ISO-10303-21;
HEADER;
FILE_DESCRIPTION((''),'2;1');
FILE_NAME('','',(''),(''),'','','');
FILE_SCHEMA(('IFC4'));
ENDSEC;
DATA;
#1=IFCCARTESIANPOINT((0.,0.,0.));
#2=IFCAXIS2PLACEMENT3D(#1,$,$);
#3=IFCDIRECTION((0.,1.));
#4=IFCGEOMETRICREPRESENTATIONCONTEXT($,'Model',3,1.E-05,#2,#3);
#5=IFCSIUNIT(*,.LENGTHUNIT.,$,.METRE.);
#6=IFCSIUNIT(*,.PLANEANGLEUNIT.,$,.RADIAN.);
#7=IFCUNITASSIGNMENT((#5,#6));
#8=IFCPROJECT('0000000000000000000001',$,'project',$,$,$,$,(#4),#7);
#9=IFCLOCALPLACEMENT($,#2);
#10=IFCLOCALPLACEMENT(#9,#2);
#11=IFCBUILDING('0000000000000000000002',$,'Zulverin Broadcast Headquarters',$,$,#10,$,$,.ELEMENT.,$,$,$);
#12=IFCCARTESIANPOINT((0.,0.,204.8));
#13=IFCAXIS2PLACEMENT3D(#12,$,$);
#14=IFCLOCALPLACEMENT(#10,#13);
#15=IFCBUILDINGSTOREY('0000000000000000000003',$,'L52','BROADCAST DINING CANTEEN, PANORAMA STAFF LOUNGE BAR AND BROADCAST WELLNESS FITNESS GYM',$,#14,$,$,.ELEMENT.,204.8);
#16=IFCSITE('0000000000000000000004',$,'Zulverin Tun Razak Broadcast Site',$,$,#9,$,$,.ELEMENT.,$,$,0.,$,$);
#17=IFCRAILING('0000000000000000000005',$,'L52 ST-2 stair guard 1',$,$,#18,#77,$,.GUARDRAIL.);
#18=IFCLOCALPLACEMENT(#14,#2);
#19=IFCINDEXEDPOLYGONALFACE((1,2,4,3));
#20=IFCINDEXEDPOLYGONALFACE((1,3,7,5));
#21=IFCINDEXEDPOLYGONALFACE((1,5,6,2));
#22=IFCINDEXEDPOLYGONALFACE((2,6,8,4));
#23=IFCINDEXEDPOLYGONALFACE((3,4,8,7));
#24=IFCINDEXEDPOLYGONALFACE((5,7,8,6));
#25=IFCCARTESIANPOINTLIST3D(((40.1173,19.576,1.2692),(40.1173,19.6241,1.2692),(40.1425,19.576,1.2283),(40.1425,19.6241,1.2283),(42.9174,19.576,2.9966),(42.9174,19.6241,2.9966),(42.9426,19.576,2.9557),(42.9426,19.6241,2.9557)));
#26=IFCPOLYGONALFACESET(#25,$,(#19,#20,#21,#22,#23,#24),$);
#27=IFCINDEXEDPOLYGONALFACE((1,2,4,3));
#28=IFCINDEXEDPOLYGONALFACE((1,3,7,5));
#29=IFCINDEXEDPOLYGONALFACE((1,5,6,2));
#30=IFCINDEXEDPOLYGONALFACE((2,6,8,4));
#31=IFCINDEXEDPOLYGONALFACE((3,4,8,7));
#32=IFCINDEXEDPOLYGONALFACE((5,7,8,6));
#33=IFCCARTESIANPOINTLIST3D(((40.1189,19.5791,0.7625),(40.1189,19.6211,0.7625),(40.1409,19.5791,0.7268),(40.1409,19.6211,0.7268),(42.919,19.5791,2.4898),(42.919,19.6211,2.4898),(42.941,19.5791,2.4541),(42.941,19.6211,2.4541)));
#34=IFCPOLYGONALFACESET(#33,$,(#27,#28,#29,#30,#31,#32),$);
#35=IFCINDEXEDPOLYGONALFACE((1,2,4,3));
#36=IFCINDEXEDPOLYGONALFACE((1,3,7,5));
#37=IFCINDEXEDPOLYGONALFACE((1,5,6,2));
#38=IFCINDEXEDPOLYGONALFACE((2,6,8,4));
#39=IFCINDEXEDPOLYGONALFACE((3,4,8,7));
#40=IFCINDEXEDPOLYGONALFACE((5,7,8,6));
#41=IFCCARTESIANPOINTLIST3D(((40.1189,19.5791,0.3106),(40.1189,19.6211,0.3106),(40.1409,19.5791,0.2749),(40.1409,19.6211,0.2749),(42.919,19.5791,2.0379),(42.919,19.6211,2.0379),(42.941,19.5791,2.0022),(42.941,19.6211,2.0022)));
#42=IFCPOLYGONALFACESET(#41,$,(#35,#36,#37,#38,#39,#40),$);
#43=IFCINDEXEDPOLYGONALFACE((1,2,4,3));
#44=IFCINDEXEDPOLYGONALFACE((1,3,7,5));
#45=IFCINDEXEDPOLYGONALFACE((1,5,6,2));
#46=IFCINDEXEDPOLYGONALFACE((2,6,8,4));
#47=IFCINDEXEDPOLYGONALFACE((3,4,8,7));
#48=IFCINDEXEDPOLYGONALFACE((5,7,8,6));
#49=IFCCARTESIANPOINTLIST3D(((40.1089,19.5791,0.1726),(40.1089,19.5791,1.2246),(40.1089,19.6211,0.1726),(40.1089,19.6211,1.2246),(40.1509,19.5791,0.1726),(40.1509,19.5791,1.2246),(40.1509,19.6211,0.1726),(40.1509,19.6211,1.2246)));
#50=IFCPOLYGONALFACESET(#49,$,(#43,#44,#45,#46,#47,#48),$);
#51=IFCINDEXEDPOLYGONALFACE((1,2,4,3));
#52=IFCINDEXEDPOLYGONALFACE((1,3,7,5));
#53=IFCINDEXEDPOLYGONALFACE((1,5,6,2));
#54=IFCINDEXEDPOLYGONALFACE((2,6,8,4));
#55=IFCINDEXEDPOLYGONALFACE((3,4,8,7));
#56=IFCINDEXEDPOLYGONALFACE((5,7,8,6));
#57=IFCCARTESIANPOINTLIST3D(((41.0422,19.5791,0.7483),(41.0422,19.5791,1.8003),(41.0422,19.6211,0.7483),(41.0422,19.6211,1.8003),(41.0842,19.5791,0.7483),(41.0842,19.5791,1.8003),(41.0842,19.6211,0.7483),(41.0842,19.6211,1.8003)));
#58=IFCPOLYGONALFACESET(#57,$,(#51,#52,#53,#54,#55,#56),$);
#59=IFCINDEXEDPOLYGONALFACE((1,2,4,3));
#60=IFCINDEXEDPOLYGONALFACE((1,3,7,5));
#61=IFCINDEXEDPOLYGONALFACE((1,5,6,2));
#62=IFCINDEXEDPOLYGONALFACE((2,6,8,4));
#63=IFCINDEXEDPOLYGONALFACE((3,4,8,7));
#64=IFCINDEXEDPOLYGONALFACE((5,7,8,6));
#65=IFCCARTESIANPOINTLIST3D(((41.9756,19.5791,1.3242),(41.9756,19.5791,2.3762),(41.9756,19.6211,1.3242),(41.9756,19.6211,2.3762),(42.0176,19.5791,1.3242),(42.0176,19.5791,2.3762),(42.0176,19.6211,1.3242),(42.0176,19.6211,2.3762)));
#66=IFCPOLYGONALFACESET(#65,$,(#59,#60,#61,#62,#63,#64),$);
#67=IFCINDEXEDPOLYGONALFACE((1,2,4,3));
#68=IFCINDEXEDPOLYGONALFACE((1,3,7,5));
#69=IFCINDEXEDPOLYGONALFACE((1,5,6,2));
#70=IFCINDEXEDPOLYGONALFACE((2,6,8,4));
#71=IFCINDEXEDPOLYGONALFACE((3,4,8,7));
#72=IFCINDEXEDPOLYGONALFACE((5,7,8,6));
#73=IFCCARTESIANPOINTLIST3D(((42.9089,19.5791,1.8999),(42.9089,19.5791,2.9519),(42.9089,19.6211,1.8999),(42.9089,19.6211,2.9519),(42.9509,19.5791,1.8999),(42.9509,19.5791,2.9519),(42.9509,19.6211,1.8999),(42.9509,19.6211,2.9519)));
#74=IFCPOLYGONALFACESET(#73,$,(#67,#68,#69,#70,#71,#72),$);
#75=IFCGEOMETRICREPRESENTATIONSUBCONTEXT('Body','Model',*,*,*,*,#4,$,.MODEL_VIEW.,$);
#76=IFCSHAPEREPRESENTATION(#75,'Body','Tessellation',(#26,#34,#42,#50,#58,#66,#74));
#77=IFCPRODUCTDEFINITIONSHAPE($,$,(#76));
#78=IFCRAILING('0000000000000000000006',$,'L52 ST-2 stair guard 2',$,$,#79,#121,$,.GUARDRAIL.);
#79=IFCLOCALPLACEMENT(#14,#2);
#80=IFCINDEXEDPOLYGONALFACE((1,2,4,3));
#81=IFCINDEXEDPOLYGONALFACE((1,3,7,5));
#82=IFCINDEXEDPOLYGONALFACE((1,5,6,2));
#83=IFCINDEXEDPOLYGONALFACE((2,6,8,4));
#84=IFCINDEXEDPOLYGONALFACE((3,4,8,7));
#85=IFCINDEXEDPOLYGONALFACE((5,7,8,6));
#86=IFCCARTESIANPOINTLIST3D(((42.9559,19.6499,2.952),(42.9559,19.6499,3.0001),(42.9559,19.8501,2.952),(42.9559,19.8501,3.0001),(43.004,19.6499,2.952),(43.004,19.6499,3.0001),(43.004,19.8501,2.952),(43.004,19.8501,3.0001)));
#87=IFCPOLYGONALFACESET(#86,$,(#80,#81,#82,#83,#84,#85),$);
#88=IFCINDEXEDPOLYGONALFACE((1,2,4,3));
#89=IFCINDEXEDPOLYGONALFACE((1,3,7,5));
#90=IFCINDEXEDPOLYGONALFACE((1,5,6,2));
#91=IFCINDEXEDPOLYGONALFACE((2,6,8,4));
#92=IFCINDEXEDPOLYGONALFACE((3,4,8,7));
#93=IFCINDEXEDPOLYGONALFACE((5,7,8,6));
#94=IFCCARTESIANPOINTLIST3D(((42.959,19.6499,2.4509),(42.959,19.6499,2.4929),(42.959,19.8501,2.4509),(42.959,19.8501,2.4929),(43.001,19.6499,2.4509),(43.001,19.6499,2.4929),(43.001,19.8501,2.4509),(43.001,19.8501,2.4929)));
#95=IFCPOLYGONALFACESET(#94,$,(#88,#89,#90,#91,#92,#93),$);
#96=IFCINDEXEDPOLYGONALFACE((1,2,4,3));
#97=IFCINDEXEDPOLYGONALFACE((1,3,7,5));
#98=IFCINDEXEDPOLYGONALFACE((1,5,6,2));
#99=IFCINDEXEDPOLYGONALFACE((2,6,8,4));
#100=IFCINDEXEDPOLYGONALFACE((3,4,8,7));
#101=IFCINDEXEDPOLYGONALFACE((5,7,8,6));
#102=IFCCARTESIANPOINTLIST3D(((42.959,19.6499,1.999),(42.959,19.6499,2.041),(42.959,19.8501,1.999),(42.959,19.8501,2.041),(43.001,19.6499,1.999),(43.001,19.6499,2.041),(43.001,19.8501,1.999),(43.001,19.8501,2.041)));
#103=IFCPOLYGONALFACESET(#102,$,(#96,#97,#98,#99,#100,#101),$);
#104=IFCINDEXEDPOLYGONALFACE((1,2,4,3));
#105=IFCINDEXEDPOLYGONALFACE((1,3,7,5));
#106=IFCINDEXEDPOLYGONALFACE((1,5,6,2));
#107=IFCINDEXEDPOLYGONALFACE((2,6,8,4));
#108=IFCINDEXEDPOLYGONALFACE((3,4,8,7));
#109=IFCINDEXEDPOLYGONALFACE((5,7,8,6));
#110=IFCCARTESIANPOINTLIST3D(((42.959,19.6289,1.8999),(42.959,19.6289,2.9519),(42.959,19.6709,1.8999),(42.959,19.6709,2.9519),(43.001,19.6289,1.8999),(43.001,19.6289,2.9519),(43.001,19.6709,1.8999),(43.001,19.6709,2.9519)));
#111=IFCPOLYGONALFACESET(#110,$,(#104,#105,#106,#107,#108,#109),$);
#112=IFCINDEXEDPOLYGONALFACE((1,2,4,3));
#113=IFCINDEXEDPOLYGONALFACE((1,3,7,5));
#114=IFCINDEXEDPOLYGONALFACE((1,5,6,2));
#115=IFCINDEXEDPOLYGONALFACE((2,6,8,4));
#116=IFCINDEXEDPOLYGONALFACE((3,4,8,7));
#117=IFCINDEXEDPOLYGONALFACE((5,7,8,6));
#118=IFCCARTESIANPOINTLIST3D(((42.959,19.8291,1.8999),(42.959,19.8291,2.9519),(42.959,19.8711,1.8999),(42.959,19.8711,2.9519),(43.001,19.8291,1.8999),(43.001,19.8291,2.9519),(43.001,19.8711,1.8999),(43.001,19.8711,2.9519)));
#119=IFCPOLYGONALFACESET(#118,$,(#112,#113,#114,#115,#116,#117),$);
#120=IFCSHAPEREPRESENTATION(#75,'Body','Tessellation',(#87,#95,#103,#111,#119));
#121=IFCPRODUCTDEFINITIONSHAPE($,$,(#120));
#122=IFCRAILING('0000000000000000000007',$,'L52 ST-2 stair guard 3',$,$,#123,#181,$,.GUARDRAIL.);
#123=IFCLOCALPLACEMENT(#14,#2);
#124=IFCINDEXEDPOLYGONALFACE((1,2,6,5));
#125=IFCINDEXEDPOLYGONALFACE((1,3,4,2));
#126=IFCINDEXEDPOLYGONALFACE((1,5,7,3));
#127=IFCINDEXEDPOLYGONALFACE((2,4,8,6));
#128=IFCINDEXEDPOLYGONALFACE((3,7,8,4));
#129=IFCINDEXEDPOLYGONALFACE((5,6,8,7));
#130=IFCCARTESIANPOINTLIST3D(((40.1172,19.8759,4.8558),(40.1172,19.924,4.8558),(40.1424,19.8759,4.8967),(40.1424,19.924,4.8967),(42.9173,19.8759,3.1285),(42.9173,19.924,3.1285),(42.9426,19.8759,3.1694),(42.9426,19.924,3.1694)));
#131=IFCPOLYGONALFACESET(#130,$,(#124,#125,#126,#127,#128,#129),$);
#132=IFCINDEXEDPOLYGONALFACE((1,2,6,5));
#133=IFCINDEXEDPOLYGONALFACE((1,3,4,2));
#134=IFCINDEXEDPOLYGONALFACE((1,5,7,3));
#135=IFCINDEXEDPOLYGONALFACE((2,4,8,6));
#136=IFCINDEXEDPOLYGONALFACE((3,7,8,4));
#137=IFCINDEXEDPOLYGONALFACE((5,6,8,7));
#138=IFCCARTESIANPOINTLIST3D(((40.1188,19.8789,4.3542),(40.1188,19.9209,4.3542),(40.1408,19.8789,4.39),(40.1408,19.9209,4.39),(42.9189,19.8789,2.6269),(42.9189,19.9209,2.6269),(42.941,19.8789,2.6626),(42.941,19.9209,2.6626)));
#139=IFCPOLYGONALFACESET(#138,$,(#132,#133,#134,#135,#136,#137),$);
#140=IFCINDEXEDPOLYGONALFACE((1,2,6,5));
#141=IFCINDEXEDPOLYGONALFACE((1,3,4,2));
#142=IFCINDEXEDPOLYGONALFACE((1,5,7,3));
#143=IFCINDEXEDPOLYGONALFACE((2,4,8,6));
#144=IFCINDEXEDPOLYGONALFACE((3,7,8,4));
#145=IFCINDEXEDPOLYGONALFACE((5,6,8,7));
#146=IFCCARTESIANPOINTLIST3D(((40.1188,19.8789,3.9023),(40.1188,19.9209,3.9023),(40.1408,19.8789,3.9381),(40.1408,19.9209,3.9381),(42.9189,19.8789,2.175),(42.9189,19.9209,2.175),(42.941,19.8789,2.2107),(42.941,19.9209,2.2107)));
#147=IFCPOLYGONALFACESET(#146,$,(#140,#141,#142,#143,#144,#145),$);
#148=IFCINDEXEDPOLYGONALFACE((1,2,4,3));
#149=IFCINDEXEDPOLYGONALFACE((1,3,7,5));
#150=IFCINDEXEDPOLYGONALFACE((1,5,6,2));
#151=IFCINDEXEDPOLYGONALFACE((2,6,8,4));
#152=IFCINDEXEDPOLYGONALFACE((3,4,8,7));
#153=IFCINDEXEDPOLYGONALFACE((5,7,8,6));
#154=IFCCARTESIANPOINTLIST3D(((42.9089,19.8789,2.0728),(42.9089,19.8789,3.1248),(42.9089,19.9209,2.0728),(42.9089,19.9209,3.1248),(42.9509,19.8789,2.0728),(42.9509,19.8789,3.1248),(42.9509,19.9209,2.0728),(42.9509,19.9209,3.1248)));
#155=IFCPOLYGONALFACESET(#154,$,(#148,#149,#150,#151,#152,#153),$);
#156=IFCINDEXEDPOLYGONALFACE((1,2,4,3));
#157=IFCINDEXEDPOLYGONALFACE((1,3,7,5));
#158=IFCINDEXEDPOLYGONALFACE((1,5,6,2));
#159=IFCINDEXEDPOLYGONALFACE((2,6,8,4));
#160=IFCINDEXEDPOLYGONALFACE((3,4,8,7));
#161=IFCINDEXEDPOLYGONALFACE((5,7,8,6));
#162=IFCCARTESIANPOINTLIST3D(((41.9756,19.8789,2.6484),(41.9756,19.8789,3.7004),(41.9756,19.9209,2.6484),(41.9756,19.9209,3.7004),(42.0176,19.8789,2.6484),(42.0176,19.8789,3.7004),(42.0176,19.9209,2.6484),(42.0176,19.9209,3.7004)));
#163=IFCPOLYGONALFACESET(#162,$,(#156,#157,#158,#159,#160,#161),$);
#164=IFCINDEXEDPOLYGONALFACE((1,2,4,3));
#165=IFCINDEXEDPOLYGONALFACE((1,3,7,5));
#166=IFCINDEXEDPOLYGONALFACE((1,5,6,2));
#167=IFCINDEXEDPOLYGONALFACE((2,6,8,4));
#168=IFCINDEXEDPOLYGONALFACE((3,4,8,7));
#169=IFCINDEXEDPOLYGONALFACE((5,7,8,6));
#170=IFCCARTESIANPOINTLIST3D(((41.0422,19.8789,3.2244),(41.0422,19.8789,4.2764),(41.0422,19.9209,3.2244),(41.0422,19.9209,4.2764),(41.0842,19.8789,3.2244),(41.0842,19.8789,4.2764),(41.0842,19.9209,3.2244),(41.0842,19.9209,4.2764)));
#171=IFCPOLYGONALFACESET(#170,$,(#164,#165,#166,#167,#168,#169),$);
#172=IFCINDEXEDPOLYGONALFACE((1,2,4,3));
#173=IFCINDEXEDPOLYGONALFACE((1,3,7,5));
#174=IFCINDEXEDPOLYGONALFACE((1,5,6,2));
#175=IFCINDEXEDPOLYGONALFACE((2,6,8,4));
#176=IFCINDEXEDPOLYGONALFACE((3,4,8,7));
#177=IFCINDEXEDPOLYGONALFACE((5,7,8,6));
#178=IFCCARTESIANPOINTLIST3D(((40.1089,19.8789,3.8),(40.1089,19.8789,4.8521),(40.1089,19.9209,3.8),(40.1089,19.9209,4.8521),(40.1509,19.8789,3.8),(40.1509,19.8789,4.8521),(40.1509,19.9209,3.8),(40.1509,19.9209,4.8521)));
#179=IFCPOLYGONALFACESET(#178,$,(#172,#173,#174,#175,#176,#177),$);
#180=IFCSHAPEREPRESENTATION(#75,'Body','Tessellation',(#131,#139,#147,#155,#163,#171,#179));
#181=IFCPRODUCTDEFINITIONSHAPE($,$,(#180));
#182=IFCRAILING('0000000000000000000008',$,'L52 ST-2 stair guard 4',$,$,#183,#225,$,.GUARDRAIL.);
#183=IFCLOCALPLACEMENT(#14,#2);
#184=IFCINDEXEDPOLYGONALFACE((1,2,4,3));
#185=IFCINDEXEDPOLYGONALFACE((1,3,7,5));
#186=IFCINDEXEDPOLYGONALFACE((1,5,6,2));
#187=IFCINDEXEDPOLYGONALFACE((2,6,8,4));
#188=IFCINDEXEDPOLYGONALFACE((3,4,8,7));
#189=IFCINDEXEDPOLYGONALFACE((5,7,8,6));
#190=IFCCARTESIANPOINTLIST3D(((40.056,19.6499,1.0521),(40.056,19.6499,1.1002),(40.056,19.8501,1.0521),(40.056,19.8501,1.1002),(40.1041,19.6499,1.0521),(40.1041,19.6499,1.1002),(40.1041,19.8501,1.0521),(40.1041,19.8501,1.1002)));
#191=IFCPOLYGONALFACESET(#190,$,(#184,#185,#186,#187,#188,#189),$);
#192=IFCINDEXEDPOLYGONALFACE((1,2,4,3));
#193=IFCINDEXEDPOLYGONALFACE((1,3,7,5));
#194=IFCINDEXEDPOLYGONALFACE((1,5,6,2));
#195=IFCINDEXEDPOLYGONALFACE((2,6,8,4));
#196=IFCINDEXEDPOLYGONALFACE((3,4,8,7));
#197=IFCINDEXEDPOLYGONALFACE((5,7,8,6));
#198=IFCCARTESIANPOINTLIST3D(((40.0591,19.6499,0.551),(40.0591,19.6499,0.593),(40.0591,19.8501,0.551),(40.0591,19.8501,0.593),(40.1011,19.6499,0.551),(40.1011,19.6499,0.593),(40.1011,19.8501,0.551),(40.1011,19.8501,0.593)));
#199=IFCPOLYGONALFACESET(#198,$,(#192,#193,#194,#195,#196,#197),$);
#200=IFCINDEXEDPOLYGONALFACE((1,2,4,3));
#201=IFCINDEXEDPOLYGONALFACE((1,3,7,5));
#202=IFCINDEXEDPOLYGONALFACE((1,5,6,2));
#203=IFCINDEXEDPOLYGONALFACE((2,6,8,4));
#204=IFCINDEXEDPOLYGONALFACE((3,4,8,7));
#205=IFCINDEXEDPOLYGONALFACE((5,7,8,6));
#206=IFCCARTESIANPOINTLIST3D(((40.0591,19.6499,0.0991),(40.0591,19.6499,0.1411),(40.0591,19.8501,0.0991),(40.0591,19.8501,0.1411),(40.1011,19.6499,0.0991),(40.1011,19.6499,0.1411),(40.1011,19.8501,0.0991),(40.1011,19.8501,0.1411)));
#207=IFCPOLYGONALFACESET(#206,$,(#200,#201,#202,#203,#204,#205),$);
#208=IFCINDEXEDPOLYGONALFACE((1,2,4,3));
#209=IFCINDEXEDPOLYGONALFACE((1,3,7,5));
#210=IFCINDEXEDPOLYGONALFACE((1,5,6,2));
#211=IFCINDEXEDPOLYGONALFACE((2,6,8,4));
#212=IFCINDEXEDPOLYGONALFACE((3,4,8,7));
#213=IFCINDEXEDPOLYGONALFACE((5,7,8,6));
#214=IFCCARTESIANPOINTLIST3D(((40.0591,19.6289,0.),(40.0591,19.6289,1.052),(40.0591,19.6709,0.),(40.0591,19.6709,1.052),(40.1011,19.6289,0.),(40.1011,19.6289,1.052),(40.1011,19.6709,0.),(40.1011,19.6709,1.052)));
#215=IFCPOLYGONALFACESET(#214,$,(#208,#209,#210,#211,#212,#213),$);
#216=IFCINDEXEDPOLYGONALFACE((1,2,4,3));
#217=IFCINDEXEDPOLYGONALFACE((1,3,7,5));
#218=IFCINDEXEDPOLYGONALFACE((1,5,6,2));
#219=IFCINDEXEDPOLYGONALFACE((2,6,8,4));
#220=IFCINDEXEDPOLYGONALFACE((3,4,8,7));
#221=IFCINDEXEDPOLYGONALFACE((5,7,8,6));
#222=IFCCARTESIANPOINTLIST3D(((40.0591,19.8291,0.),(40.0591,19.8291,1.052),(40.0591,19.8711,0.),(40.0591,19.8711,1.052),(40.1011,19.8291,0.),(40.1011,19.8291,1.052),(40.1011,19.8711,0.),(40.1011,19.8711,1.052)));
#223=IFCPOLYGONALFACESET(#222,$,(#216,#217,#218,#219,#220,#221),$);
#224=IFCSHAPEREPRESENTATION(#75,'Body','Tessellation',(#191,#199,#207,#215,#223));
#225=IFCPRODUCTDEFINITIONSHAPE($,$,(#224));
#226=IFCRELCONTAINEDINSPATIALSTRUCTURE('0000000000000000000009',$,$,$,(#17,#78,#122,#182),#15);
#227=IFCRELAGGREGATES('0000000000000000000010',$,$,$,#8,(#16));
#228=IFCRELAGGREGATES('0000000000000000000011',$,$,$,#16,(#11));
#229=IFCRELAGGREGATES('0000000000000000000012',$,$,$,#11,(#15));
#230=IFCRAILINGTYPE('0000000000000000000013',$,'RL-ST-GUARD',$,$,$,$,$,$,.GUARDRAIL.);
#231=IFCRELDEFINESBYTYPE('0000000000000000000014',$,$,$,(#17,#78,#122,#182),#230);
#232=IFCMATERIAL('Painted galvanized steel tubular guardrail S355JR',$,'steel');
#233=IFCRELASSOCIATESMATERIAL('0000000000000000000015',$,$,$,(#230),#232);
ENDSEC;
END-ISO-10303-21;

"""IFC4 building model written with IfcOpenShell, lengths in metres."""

from ifc_helpers import new_model, si_unit, direction, frame, origin, origin_2d, place, context, subcontext, project, spatial, rectangle, extrude, material, type_object, element, save


model = new_model("IFC4")

# Units and contexts
model_context = context("Model", 3, precision=1e-05, world=origin(), true_north=direction((0.0, 1.0)))
body_context = subcontext(model_context, "Body", "Model", "MODEL_VIEW")
ifc_project = project(units=[si_unit("LENGTHUNIT", "METRE"), si_unit("PLANEANGLEUNIT", "RADIAN")], contexts=[model_context])

# Site, building, storey
site_placement = place(None, origin())
site = spatial("IfcSite", under=ifc_project, at=site_placement, Name="Zulverin Tun Razak Broadcast Site", CompositionType="ELEMENT", RefElevation=0.0)
building_placement = place(site_placement, origin())
building = spatial("IfcBuilding", under=site, at=building_placement, Name="Zulverin Broadcast Headquarters", CompositionType="ELEMENT")
storey_placement = place(building_placement, frame((0.0, 0.0, 204.8)))
storey = spatial("IfcBuildingStorey", under=building, at=storey_placement, Name="L52", Description="BROADCAST DINING CANTEEN, PANORAMA STAFF LOUNGE BAR AND BROADCAST WELLNESS FITNESS GYM", CompositionType="ELEMENT", Elevation=204.8)

# Railings
ifc_material_1 = material(Name="Painted galvanized steel tubular guardrail S355JR", Category="steel")
railing_type_1 = type_object("IfcRailingType", Name="RL-ST-GUARD", PredefinedType="GUARDRAIL", material=ifc_material_1)
railing_1_placement = place(storey_placement, frame((40.1299, 19.6001, 0.1726)))
element("IfcRailing", 1, at=railing_1_placement, inside=storey, type_object=railing_type_1, Name="L52 ST-2 stair guard 1", PredefinedType="GUARDRAIL", context=body_context, shape_type="SweptSolid", body=[
    extrude(rectangle(XDim=0.0481, YDim=0.0481, at=origin_2d()), frame((0.0, 0.0, 1.0762), z_axis=(0.85109, 0.0, 0.52502), x_axis=(0.0, 1.0, 0.0)), (0.0, 0.0, 1.0), 3.29),
    extrude(rectangle(XDim=0.042, YDim=0.042, at=origin_2d()), frame((0.0, 0.0, 0.572), z_axis=(0.85109, 0.0, 0.52502), x_axis=(0.0, 1.0, 0.0)), (0.0, 0.0, 1.0), 3.29),
    extrude(rectangle(XDim=0.042, YDim=0.042, at=origin_2d()), frame((0.0, 0.0, 0.1201), z_axis=(0.85109, 0.0, 0.52502), x_axis=(0.0, 1.0, 0.0)), (0.0, 0.0, 1.0), 3.29),
    extrude(rectangle(XDim=0.042, YDim=0.042, at=origin_2d()), origin(), (0.0, 0.0, 1.0), 1.052),
    extrude(rectangle(XDim=0.042, YDim=0.042, at=origin_2d()), frame((0.9333, 0.0, 0.5757)), (0.0, 0.0, 1.0), 1.052),
    extrude(rectangle(XDim=0.042, YDim=0.042, at=origin_2d()), frame((1.8667, 0.0, 1.1516)), (0.0, 0.0, 1.0), 1.052),
    extrude(rectangle(XDim=0.042, YDim=0.042, at=origin_2d()), frame((2.8, 0.0, 1.7273)), (0.0, 0.0, 1.0), 1.052),
])
railing_2_placement = place(storey_placement, frame((42.98, 19.6499, 1.8999)))
element("IfcRailing", 2, at=railing_2_placement, inside=storey, type_object=railing_type_1, Name="L52 ST-2 stair guard 2", PredefinedType="GUARDRAIL", context=body_context, shape_type="SweptSolid", body=[
    extrude(rectangle(XDim=0.0481, YDim=0.0481, at=origin_2d()), frame((0.0, 0.0, 1.0762), z_axis=(0.0, 1.0, 0.0), x_axis=(-1.0, 0.0, 0.0)), (0.0, 0.0, 1.0), 0.2002),
    extrude(rectangle(XDim=0.042, YDim=0.042, at=origin_2d()), frame((0.0, 0.0, 0.572), z_axis=(0.0, 1.0, 0.0), x_axis=(-1.0, 0.0, 0.0)), (0.0, 0.0, 1.0), 0.2002),
    extrude(rectangle(XDim=0.042, YDim=0.042, at=origin_2d()), frame((0.0, 0.0, 0.1201), z_axis=(0.0, 1.0, 0.0), x_axis=(-1.0, 0.0, 0.0)), (0.0, 0.0, 1.0), 0.2002),
    extrude(rectangle(XDim=0.042, YDim=0.042, at=origin_2d()), origin(), (0.0, 0.0, 1.0), 1.052),
    extrude(rectangle(XDim=0.042, YDim=0.042, at=origin_2d()), frame((0.0, 0.2002, 0.0)), (0.0, 0.0, 1.0), 1.052),
])
railing_3_placement = place(storey_placement, frame((42.9299, 19.8999, 2.0728)))
element("IfcRailing", 3, at=railing_3_placement, inside=storey, type_object=railing_type_1, Name="L52 ST-2 stair guard 3", PredefinedType="GUARDRAIL", context=body_context, shape_type="SweptSolid", body=[
    extrude(rectangle(XDim=0.0481, YDim=0.0481, at=origin_2d()), frame((0.0, 0.0, 1.0762), z_axis=(-0.85109, 0.0, 0.52502), x_axis=(0.0, -1.0, 0.0)), (0.0, 0.0, 1.0), 3.29),
    extrude(rectangle(XDim=0.042, YDim=0.042, at=origin_2d()), frame((0.0, 0.0, 0.572), z_axis=(-0.85109, 0.0, 0.52502), x_axis=(0.0, -1.0, 0.0)), (0.0, 0.0, 1.0), 3.29),
    extrude(rectangle(XDim=0.042, YDim=0.042, at=origin_2d()), frame((0.0, 0.0, 0.1201), z_axis=(-0.85109, 0.0, 0.52502), x_axis=(0.0, -1.0, 0.0)), (0.0, 0.0, 1.0), 3.29),
    extrude(rectangle(XDim=0.042, YDim=0.042, at=origin_2d()), origin(), (0.0, 0.0, 1.0), 1.052),
    extrude(rectangle(XDim=0.042, YDim=0.042, at=origin_2d()), frame((-0.9333, 0.0, 0.5757)), (0.0, 0.0, 1.0), 1.052),
    extrude(rectangle(XDim=0.042, YDim=0.042, at=origin_2d()), frame((-1.8667, 0.0, 1.1516)), (0.0, 0.0, 1.0), 1.052),
    extrude(rectangle(XDim=0.042, YDim=0.042, at=origin_2d()), frame((-2.8, 0.0, 1.7273)), (0.0, 0.0, 1.0), 1.052),
])
railing_4_placement = place(storey_placement, frame((40.0801, 19.6499, 0.0)))
element("IfcRailing", 4, at=railing_4_placement, inside=storey, type_object=railing_type_1, Name="L52 ST-2 stair guard 4", PredefinedType="GUARDRAIL", context=body_context, shape_type="SweptSolid", body=[
    extrude(rectangle(XDim=0.0481, YDim=0.0481, at=origin_2d()), frame((0.0, 0.0, 1.0762), z_axis=(0.0, 1.0, 0.0), x_axis=(-1.0, 0.0, 0.0)), (0.0, 0.0, 1.0), 0.2002),
    extrude(rectangle(XDim=0.042, YDim=0.042, at=origin_2d()), frame((0.0, 0.0, 0.572), z_axis=(0.0, 1.0, 0.0), x_axis=(-1.0, 0.0, 0.0)), (0.0, 0.0, 1.0), 0.2002),
    extrude(rectangle(XDim=0.042, YDim=0.042, at=origin_2d()), frame((0.0, 0.0, 0.1201), z_axis=(0.0, 1.0, 0.0), x_axis=(-1.0, 0.0, 0.0)), (0.0, 0.0, 1.0), 0.2002),
    extrude(rectangle(XDim=0.042, YDim=0.042, at=origin_2d()), origin(), (0.0, 0.0, 1.0), 1.052),
    extrude(rectangle(XDim=0.042, YDim=0.042, at=origin_2d()), frame((0.0, 0.2002, 0.0)), (0.0, 0.0, 1.0), 1.052),
])

save(model, "model.ifc")
